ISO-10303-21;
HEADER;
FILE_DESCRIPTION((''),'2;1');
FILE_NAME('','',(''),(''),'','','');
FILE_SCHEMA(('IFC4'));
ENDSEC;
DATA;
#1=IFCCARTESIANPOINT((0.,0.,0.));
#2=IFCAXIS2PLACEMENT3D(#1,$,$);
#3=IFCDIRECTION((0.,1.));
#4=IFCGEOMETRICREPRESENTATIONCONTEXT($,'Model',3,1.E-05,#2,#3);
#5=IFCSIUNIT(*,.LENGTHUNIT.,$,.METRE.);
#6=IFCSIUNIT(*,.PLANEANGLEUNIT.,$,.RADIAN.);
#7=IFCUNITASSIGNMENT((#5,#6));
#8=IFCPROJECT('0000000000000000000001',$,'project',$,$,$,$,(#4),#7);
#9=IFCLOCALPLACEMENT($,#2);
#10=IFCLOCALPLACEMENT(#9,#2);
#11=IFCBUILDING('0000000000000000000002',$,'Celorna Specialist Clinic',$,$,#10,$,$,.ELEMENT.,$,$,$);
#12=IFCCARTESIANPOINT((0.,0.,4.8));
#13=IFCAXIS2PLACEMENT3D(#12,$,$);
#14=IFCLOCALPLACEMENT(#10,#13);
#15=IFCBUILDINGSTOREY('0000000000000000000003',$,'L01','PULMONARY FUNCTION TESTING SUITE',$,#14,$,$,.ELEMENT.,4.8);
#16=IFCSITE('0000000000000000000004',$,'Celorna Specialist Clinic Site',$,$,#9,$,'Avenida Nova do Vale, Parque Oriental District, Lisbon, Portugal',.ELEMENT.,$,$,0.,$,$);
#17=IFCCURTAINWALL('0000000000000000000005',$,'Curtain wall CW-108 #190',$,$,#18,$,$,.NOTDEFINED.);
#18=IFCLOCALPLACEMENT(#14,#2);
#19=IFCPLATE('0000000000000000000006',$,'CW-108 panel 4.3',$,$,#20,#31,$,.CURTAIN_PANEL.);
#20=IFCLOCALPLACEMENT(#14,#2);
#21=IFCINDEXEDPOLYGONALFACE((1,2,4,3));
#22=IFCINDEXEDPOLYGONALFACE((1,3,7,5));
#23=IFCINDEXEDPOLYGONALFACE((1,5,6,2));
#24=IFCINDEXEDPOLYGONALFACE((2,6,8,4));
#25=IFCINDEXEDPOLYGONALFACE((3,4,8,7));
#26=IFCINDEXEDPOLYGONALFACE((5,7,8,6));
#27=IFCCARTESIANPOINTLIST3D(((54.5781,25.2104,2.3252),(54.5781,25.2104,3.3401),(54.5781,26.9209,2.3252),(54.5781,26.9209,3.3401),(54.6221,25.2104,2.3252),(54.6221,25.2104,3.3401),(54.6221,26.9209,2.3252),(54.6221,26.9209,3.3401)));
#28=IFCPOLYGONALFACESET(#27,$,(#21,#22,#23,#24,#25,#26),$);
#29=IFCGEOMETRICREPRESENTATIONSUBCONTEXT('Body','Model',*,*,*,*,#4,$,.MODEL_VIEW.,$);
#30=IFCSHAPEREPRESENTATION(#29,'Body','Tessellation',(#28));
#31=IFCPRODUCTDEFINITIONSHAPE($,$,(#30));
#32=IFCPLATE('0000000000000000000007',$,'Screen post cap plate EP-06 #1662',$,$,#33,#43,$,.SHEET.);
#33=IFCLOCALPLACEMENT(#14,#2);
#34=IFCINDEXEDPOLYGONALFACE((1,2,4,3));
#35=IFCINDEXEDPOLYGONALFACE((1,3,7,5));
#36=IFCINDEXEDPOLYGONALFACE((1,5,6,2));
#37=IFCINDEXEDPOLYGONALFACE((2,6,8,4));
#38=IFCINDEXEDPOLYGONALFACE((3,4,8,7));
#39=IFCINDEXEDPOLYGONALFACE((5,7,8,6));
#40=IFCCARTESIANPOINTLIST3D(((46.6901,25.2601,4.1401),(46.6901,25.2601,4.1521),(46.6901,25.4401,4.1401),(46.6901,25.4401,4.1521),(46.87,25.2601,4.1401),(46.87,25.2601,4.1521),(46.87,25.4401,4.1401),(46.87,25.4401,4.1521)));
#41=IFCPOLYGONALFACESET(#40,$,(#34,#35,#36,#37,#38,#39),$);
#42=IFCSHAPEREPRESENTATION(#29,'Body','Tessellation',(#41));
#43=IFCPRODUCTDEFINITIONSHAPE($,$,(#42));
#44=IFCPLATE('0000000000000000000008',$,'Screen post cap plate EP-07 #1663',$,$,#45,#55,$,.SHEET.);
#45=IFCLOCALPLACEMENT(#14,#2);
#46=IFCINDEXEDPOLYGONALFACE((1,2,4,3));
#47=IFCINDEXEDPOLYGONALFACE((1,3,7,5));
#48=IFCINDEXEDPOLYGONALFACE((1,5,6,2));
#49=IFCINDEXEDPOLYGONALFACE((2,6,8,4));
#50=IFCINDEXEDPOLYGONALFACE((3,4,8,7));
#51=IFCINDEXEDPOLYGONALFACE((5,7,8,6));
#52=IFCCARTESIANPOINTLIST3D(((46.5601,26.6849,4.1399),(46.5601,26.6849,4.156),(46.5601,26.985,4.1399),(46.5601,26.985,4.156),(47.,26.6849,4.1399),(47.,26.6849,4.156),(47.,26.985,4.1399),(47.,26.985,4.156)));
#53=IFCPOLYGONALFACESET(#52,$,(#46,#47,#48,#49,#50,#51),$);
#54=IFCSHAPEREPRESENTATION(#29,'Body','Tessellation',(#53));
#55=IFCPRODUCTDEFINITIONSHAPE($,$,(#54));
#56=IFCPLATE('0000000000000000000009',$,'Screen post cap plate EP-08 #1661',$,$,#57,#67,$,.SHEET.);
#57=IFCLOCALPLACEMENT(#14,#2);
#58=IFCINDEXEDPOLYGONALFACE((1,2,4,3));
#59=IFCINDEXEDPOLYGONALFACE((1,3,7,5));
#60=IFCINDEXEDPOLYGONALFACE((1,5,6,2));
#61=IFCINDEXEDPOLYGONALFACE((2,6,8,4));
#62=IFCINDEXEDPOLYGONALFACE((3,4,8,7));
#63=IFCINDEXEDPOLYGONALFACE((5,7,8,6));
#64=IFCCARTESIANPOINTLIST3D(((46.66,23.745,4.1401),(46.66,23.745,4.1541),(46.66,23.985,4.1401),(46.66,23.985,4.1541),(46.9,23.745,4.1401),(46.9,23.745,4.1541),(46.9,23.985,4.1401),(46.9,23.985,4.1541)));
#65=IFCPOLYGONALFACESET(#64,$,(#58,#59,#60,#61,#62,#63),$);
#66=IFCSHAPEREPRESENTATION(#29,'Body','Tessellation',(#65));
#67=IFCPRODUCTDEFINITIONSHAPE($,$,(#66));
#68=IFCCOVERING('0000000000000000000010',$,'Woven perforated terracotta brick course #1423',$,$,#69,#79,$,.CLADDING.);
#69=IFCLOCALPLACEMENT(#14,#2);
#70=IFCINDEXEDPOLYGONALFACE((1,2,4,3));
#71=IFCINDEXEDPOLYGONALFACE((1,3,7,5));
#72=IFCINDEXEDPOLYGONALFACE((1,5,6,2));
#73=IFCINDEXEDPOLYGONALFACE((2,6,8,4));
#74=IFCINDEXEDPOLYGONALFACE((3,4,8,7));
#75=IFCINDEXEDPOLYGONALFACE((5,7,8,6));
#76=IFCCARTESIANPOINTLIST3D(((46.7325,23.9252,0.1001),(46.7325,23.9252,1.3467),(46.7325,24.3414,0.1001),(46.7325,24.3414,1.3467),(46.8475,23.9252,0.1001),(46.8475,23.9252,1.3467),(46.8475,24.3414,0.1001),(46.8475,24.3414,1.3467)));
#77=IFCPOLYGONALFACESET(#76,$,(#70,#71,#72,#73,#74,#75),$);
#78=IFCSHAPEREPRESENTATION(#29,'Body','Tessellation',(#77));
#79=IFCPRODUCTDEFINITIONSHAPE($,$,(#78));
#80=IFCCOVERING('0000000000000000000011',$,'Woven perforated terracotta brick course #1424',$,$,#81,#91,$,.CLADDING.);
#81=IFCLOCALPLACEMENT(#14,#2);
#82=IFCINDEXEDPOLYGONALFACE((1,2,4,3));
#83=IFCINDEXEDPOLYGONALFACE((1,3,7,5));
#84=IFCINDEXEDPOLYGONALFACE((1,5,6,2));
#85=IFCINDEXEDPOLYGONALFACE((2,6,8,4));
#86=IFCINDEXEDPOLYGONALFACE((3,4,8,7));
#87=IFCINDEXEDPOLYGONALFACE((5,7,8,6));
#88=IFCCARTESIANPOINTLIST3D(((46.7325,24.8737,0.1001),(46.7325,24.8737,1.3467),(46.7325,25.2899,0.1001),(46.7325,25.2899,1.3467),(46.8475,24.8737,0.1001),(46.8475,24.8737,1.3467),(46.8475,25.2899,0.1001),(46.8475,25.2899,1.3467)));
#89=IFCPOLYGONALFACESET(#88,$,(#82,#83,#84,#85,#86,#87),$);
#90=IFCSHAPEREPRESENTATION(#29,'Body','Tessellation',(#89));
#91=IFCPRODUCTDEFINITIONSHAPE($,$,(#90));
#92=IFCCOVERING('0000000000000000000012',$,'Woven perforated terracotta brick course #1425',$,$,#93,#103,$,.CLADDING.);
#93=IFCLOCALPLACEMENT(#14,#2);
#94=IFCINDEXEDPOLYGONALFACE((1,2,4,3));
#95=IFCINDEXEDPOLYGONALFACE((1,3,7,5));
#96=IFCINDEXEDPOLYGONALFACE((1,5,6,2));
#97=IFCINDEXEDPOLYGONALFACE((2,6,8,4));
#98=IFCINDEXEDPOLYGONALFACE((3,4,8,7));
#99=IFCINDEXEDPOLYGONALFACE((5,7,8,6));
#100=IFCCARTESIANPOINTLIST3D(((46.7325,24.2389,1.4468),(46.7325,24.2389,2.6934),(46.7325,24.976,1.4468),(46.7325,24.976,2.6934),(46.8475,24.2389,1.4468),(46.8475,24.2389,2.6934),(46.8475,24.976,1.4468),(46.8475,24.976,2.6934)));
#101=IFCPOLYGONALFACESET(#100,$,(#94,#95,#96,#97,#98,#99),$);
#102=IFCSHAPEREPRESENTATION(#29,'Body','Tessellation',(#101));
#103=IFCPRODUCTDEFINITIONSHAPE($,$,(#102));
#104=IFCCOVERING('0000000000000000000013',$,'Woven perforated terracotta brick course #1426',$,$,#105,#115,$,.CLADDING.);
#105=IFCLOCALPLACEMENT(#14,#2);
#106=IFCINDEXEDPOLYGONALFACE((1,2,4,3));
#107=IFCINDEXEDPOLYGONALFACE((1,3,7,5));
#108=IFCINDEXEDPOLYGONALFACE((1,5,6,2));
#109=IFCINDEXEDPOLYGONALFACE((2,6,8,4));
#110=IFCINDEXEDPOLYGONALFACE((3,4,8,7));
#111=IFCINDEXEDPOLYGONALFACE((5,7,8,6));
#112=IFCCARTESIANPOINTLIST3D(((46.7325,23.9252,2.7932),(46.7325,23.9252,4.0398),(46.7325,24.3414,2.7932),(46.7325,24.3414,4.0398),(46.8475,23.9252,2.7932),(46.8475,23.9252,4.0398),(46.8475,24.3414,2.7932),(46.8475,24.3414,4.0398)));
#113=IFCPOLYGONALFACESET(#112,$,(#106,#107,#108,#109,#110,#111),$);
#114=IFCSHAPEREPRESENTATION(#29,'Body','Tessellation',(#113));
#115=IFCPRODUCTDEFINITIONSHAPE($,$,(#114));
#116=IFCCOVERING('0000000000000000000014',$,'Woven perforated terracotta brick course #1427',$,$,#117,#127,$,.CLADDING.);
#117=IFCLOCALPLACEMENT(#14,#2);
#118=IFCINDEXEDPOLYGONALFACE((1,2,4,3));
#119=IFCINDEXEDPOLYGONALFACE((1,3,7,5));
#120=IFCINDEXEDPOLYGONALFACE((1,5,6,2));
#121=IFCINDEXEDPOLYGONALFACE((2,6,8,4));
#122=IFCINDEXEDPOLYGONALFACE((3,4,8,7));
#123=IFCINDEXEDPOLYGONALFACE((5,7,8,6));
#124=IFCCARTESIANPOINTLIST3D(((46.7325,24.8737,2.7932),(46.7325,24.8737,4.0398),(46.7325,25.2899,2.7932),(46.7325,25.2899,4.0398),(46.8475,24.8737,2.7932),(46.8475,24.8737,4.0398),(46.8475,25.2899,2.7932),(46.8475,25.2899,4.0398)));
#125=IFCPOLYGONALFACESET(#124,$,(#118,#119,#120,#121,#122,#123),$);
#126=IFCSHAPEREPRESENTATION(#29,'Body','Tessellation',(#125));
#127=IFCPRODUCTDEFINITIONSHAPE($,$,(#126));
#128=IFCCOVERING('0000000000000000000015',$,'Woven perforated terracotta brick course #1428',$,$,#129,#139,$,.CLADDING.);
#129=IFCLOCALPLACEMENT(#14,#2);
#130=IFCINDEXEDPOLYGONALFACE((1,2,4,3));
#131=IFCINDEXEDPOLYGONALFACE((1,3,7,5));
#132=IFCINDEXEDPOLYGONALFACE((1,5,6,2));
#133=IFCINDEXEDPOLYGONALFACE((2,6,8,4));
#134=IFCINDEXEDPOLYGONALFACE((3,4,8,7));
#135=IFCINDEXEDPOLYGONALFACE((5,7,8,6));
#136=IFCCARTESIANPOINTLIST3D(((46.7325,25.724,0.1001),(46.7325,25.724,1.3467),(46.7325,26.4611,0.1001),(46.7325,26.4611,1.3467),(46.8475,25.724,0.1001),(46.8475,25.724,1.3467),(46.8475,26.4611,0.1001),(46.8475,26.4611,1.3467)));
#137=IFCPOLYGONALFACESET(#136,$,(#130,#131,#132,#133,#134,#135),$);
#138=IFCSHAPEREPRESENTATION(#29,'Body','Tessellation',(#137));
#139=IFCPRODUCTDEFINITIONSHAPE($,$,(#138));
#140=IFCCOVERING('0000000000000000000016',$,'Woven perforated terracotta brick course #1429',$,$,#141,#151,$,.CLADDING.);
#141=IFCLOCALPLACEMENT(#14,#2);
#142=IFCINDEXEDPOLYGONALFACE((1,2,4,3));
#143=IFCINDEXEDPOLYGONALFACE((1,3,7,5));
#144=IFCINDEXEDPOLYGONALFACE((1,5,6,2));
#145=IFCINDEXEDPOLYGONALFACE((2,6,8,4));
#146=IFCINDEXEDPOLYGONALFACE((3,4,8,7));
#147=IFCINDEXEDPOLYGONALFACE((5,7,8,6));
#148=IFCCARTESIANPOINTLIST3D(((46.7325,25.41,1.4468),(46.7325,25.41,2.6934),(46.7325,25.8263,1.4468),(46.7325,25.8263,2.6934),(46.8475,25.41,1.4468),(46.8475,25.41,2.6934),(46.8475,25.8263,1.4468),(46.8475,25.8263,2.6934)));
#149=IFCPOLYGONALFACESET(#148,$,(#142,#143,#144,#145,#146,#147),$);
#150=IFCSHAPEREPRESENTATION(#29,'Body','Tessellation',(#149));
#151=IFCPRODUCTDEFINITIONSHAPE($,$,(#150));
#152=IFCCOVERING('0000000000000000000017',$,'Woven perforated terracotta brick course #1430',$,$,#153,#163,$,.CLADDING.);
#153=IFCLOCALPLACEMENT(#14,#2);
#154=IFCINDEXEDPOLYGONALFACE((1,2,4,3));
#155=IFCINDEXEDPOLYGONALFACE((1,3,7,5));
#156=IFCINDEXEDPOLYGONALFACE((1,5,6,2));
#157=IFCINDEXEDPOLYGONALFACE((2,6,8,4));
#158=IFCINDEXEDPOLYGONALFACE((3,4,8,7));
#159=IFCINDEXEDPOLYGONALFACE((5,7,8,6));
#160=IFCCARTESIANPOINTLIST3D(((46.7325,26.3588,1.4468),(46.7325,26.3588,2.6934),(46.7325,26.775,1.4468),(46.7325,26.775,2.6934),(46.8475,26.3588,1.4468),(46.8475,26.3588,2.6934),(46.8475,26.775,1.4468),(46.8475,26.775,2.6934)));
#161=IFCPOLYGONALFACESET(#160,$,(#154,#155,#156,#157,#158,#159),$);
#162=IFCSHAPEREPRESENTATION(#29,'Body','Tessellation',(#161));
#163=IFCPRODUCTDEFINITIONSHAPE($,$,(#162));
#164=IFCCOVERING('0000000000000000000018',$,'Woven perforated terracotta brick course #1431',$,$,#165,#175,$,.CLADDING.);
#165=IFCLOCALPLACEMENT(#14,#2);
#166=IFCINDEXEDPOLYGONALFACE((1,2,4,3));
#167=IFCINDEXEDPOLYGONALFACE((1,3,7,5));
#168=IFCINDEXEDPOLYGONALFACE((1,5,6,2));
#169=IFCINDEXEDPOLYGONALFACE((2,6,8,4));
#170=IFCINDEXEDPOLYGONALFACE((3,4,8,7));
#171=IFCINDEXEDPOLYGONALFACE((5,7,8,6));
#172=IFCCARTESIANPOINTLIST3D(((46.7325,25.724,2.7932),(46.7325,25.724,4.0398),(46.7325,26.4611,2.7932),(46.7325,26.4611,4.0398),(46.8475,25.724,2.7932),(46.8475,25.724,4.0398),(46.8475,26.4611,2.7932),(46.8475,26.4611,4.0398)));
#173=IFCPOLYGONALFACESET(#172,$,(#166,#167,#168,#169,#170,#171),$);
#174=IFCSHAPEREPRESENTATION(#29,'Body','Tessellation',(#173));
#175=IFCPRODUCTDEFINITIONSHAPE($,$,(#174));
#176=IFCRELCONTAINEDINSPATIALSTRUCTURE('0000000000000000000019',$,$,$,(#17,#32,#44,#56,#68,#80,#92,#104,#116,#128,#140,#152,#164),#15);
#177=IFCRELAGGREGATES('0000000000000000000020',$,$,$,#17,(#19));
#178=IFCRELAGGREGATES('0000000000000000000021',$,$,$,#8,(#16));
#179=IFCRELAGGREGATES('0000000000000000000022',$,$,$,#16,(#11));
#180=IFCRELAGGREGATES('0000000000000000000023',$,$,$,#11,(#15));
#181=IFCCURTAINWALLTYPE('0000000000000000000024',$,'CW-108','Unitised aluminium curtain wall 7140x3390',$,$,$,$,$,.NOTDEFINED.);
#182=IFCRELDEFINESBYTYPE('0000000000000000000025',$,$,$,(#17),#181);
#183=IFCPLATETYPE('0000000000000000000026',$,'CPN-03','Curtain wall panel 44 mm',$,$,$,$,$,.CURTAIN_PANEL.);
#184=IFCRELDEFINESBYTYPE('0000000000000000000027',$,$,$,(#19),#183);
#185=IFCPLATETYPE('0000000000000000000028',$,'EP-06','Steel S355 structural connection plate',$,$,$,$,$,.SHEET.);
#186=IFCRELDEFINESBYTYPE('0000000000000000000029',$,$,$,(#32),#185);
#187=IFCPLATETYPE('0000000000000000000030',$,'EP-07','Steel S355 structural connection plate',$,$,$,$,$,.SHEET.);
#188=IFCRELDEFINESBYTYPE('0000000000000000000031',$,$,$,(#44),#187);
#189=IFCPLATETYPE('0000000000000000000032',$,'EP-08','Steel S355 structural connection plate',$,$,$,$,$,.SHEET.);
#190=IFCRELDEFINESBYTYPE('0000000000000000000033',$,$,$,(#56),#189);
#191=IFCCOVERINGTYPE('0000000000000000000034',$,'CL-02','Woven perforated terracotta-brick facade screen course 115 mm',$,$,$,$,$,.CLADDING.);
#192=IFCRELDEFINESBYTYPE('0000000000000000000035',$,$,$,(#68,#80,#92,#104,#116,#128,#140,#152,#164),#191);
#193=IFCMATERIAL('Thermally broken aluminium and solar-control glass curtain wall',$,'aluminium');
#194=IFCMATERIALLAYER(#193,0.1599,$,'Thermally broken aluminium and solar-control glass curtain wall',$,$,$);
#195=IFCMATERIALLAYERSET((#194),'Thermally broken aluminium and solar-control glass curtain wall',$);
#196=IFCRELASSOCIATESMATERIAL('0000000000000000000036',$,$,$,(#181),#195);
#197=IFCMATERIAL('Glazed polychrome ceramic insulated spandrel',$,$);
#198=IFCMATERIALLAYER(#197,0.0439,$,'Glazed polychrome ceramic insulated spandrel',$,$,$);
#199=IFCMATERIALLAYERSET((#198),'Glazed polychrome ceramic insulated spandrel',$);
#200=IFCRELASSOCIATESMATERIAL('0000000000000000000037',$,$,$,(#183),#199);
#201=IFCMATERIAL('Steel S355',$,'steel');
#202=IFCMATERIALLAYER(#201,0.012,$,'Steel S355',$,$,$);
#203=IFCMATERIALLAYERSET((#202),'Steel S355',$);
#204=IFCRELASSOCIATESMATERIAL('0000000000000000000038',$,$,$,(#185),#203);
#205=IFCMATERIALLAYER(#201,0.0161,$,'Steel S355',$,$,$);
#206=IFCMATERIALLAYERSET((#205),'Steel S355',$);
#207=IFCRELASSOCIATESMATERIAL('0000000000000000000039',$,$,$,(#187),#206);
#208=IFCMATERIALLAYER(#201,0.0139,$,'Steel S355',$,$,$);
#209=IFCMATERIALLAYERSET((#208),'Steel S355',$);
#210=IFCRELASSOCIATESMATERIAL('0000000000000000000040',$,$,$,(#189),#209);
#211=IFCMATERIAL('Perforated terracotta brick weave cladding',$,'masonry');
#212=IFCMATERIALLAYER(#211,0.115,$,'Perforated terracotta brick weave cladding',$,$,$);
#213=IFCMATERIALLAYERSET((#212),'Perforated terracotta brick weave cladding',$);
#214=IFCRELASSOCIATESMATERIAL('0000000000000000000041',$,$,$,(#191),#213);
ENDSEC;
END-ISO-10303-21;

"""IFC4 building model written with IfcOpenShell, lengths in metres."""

from ifc_helpers import new_model, si_unit, direction, frame, origin, origin_2d, place, context, subcontext, project, spatial, rectangle, extrude, material, layer, layer_set, type_object, element, aggregate, save


model = new_model("IFC4")

# Units and contexts
model_context = context("Model", 3, precision=1e-05, world=origin(), true_north=direction((0.0, 1.0)))
body_context = subcontext(model_context, "Body", "Model", "MODEL_VIEW")
ifc_project = project(units=[si_unit("LENGTHUNIT", "METRE"), si_unit("PLANEANGLEUNIT", "RADIAN")], contexts=[model_context])

# Site, building, storey
site_placement = place(None, origin())
site = spatial("IfcSite", under=ifc_project, at=site_placement, Name="Celorna Specialist Clinic Site", LongName="Avenida Nova do Vale, Parque Oriental District, Lisbon, Portugal", CompositionType="ELEMENT", RefElevation=0.0)
building_placement = place(site_placement, origin())
building = spatial("IfcBuilding", under=site, at=building_placement, Name="Celorna Specialist Clinic", CompositionType="ELEMENT")
storey_placement = place(building_placement, frame((0.0, 0.0, 4.8)))
storey = spatial("IfcBuildingStorey", under=building, at=storey_placement, Name="L01", Description="PULMONARY FUNCTION TESTING SUITE", CompositionType="ELEMENT", Elevation=4.8)

# Shared definitions
ifc_material_1 = material(Name="Steel S355", Category="steel")

# Curtain wall, plate
ifc_material_2 = material(Name="Thermally broken aluminium and solar-control glass curtain wall", Category="aluminium")
ifc_layer_1 = layer(ifc_material_2, 0.1599, Name="Thermally broken aluminium and solar-control glass curtain wall")
ifc_layer_set_1 = layer_set([ifc_layer_1], Name="Thermally broken aluminium and solar-control glass curtain wall")
curtain_wall_type = type_object("IfcCurtainWallType", Name="CW-108", Description="Unitised aluminium curtain wall 7140x3390", PredefinedType="NOTDEFINED", material=ifc_layer_set_1)
curtain_wall_placement = place(storey_placement, origin())
curtain_wall = element("IfcCurtainWall", 1, at=curtain_wall_placement, inside=storey, type_object=curtain_wall_type, Name="Curtain wall CW-108 #190", PredefinedType="NOTDEFINED")
ifc_material_3 = material(Name="Glazed polychrome ceramic insulated spandrel")
ifc_layer_2 = layer(ifc_material_3, 0.0439, Name="Glazed polychrome ceramic insulated spandrel")
ifc_layer_set_2 = layer_set([ifc_layer_2], Name="Glazed polychrome ceramic insulated spandrel")
plate_type_1 = type_object("IfcPlateType", Name="CPN-03", Description="Curtain wall panel 44 mm", PredefinedType="CURTAIN_PANEL", material=ifc_layer_set_2)
plate_1_placement = place(storey_placement, frame((54.6001, 26.0657, 2.3252), z_axis=(0.0, 0.0, 1.0), x_axis=(0.0, 1.0, 0.0)))
plate_1 = element("IfcPlate", 2, at=plate_1_placement, type_object=plate_type_1, Name="CW-108 panel 4.3", PredefinedType="CURTAIN_PANEL", context=body_context, shape_type="SweptSolid", body=[
    extrude(rectangle(XDim=1.7104, YDim=0.0439, at=origin_2d()), origin(), (0.0, 0.0, 1.0), 1.0149),
])
aggregate(curtain_wall, [plate_1])

# Plates
ifc_layer_3 = layer(ifc_material_1, 0.012, Name="Steel S355")
ifc_layer_set_3 = layer_set([ifc_layer_3], Name="Steel S355")
plate_type_2 = type_object("IfcPlateType", Name="EP-06", Description="Steel S355 structural connection plate", PredefinedType="SHEET", material=ifc_layer_set_3)
plate_2_placement = place(storey_placement, frame((46.78, 25.3501, 4.1401), z_axis=(0.0, 0.0, 1.0), x_axis=(0.0, 1.0, 0.0)))
element("IfcPlate", 3, at=plate_2_placement, inside=storey, type_object=plate_type_2, Name="Screen post cap plate EP-06 #1662", PredefinedType="SHEET", context=body_context, shape_type="SweptSolid", body=[
    extrude(rectangle(XDim=0.1799, YDim=0.1799, at=origin_2d()), origin(), (0.0, 0.0, 1.0), 0.012),
])
ifc_layer_4 = layer(ifc_material_1, 0.0161, Name="Steel S355")
ifc_layer_set_4 = layer_set([ifc_layer_4], Name="Steel S355")
plate_type_3 = type_object("IfcPlateType", Name="EP-07", Description="Steel S355 structural connection plate", PredefinedType="SHEET", material=ifc_layer_set_4)
plate_3_placement = place(storey_placement, frame((46.78, 26.835, 4.1399), z_axis=(0.0, 0.0, 1.0), x_axis=(0.0, 1.0, 0.0)))
element("IfcPlate", 4, at=plate_3_placement, inside=storey, type_object=plate_type_3, Name="Screen post cap plate EP-07 #1663", PredefinedType="SHEET", context=body_context, shape_type="SweptSolid", body=[
    extrude(rectangle(XDim=0.3, YDim=0.4399, at=origin_2d()), origin(), (0.0, 0.0, 1.0), 0.0161),
])
ifc_layer_5 = layer(ifc_material_1, 0.0139, Name="Steel S355")
ifc_layer_set_5 = layer_set([ifc_layer_5], Name="Steel S355")
plate_type_4 = type_object("IfcPlateType", Name="EP-08", Description="Steel S355 structural connection plate", PredefinedType="SHEET", material=ifc_layer_set_5)
plate_4_placement = place(storey_placement, frame((46.78, 23.865, 4.1401), z_axis=(0.0, 0.0, 1.0), x_axis=(0.0, 1.0, 0.0)))
element("IfcPlate", 5, at=plate_4_placement, inside=storey, type_object=plate_type_4, Name="Screen post cap plate EP-08 #1661", PredefinedType="SHEET", context=body_context, shape_type="SweptSolid", body=[
    extrude(rectangle(XDim=0.24, YDim=0.24, at=origin_2d()), origin(), (0.0, 0.0, 1.0), 0.0139),
])

# Coverings
ifc_material_4 = material(Name="Perforated terracotta brick weave cladding", Category="masonry")
ifc_layer_6 = layer(ifc_material_4, 0.115, Name="Perforated terracotta brick weave cladding")
ifc_layer_set_6 = layer_set([ifc_layer_6], Name="Perforated terracotta brick weave cladding")
covering_type = type_object("IfcCoveringType", Name="CL-02", Description="Woven perforated terracotta-brick facade screen course 115 mm", PredefinedType="CLADDING", material=ifc_layer_set_6)
for number, where, z_axis, x_axis, name in (
    (6, (46.79, 24.1333, 0.1001), (0.0, 0.0, 1.0), (0.0, 1.0, 0.0), "Woven perforated terracotta brick course #1423"),
    (7, (46.79, 25.0818, 0.1001), (0.0, 0.0, 1.0), (0.0, 1.0, 0.0), "Woven perforated terracotta brick course #1424"),
):
    element("IfcCovering", number, at=place(storey_placement, frame(where, z_axis=z_axis, x_axis=x_axis)), inside=storey, type_object=covering_type, Name=name, PredefinedType="CLADDING", context=body_context, shape_type="SweptSolid", body=[
        extrude(rectangle(XDim=0.4163, YDim=0.115, at=origin_2d()), origin(), (0.0, 0.0, 1.0), 1.2466),
    ])
covering_1_placement = place(storey_placement, frame((46.79, 24.6074, 1.4468), z_axis=(0.0, 0.0, 1.0), x_axis=(0.0, 1.0, 0.0)))
element("IfcCovering", 8, at=covering_1_placement, inside=storey, type_object=covering_type, Name="Woven perforated terracotta brick course #1425", PredefinedType="CLADDING", context=body_context, shape_type="SweptSolid", body=[
    extrude(rectangle(XDim=0.7371, YDim=0.115, at=origin_2d()), origin(), (0.0, 0.0, 1.0), 1.2466),
])
for number, where, z_axis, x_axis, name in (
    (9, (46.79, 24.1333, 2.7932), (0.0, 0.0, 1.0), (0.0, 1.0, 0.0), "Woven perforated terracotta brick course #1426"),
    (10, (46.79, 25.0818, 2.7932), (0.0, 0.0, 1.0), (0.0, 1.0, 0.0), "Woven perforated terracotta brick course #1427"),
):
    element("IfcCovering", number, at=place(storey_placement, frame(where, z_axis=z_axis, x_axis=x_axis)), inside=storey, type_object=covering_type, Name=name, PredefinedType="CLADDING", context=body_context, shape_type="SweptSolid", body=[
        extrude(rectangle(XDim=0.4163, YDim=0.115, at=origin_2d()), origin(), (0.0, 0.0, 1.0), 1.2466),
    ])
covering_2_placement = place(storey_placement, frame((46.79, 26.0925, 0.1001), z_axis=(0.0, 0.0, 1.0), x_axis=(0.0, 1.0, 0.0)))
element("IfcCovering", 11, at=covering_2_placement, inside=storey, type_object=covering_type, Name="Woven perforated terracotta brick course #1428", PredefinedType="CLADDING", context=body_context, shape_type="SweptSolid", body=[
    extrude(rectangle(XDim=0.7371, YDim=0.115, at=origin_2d()), origin(), (0.0, 0.0, 1.0), 1.2466),
])
for number, where, z_axis, x_axis, name in (
    (12, (46.79, 25.6182, 1.4468), (0.0, 0.0, 1.0), (0.0, 1.0, 0.0), "Woven perforated terracotta brick course #1429"),
    (13, (46.79, 26.5669, 1.4468), (0.0, 0.0, 1.0), (0.0, 1.0, 0.0), "Woven perforated terracotta brick course #1430"),
):
    element("IfcCovering", number, at=place(storey_placement, frame(where, z_axis=z_axis, x_axis=x_axis)), inside=storey, type_object=covering_type, Name=name, PredefinedType="CLADDING", context=body_context, shape_type="SweptSolid", body=[
        extrude(rectangle(XDim=0.4163, YDim=0.115, at=origin_2d()), origin(), (0.0, 0.0, 1.0), 1.2466),
    ])
covering_3_placement = place(storey_placement, frame((46.79, 26.0925, 2.7932), z_axis=(0.0, 0.0, 1.0), x_axis=(0.0, 1.0, 0.0)))
element("IfcCovering", 14, at=covering_3_placement, inside=storey, type_object=covering_type, Name="Woven perforated terracotta brick course #1431", PredefinedType="CLADDING", context=body_context, shape_type="SweptSolid", body=[
    extrude(rectangle(XDim=0.7371, YDim=0.115, at=origin_2d()), origin(), (0.0, 0.0, 1.0), 1.2466),
])

save(model, "model.ifc")
